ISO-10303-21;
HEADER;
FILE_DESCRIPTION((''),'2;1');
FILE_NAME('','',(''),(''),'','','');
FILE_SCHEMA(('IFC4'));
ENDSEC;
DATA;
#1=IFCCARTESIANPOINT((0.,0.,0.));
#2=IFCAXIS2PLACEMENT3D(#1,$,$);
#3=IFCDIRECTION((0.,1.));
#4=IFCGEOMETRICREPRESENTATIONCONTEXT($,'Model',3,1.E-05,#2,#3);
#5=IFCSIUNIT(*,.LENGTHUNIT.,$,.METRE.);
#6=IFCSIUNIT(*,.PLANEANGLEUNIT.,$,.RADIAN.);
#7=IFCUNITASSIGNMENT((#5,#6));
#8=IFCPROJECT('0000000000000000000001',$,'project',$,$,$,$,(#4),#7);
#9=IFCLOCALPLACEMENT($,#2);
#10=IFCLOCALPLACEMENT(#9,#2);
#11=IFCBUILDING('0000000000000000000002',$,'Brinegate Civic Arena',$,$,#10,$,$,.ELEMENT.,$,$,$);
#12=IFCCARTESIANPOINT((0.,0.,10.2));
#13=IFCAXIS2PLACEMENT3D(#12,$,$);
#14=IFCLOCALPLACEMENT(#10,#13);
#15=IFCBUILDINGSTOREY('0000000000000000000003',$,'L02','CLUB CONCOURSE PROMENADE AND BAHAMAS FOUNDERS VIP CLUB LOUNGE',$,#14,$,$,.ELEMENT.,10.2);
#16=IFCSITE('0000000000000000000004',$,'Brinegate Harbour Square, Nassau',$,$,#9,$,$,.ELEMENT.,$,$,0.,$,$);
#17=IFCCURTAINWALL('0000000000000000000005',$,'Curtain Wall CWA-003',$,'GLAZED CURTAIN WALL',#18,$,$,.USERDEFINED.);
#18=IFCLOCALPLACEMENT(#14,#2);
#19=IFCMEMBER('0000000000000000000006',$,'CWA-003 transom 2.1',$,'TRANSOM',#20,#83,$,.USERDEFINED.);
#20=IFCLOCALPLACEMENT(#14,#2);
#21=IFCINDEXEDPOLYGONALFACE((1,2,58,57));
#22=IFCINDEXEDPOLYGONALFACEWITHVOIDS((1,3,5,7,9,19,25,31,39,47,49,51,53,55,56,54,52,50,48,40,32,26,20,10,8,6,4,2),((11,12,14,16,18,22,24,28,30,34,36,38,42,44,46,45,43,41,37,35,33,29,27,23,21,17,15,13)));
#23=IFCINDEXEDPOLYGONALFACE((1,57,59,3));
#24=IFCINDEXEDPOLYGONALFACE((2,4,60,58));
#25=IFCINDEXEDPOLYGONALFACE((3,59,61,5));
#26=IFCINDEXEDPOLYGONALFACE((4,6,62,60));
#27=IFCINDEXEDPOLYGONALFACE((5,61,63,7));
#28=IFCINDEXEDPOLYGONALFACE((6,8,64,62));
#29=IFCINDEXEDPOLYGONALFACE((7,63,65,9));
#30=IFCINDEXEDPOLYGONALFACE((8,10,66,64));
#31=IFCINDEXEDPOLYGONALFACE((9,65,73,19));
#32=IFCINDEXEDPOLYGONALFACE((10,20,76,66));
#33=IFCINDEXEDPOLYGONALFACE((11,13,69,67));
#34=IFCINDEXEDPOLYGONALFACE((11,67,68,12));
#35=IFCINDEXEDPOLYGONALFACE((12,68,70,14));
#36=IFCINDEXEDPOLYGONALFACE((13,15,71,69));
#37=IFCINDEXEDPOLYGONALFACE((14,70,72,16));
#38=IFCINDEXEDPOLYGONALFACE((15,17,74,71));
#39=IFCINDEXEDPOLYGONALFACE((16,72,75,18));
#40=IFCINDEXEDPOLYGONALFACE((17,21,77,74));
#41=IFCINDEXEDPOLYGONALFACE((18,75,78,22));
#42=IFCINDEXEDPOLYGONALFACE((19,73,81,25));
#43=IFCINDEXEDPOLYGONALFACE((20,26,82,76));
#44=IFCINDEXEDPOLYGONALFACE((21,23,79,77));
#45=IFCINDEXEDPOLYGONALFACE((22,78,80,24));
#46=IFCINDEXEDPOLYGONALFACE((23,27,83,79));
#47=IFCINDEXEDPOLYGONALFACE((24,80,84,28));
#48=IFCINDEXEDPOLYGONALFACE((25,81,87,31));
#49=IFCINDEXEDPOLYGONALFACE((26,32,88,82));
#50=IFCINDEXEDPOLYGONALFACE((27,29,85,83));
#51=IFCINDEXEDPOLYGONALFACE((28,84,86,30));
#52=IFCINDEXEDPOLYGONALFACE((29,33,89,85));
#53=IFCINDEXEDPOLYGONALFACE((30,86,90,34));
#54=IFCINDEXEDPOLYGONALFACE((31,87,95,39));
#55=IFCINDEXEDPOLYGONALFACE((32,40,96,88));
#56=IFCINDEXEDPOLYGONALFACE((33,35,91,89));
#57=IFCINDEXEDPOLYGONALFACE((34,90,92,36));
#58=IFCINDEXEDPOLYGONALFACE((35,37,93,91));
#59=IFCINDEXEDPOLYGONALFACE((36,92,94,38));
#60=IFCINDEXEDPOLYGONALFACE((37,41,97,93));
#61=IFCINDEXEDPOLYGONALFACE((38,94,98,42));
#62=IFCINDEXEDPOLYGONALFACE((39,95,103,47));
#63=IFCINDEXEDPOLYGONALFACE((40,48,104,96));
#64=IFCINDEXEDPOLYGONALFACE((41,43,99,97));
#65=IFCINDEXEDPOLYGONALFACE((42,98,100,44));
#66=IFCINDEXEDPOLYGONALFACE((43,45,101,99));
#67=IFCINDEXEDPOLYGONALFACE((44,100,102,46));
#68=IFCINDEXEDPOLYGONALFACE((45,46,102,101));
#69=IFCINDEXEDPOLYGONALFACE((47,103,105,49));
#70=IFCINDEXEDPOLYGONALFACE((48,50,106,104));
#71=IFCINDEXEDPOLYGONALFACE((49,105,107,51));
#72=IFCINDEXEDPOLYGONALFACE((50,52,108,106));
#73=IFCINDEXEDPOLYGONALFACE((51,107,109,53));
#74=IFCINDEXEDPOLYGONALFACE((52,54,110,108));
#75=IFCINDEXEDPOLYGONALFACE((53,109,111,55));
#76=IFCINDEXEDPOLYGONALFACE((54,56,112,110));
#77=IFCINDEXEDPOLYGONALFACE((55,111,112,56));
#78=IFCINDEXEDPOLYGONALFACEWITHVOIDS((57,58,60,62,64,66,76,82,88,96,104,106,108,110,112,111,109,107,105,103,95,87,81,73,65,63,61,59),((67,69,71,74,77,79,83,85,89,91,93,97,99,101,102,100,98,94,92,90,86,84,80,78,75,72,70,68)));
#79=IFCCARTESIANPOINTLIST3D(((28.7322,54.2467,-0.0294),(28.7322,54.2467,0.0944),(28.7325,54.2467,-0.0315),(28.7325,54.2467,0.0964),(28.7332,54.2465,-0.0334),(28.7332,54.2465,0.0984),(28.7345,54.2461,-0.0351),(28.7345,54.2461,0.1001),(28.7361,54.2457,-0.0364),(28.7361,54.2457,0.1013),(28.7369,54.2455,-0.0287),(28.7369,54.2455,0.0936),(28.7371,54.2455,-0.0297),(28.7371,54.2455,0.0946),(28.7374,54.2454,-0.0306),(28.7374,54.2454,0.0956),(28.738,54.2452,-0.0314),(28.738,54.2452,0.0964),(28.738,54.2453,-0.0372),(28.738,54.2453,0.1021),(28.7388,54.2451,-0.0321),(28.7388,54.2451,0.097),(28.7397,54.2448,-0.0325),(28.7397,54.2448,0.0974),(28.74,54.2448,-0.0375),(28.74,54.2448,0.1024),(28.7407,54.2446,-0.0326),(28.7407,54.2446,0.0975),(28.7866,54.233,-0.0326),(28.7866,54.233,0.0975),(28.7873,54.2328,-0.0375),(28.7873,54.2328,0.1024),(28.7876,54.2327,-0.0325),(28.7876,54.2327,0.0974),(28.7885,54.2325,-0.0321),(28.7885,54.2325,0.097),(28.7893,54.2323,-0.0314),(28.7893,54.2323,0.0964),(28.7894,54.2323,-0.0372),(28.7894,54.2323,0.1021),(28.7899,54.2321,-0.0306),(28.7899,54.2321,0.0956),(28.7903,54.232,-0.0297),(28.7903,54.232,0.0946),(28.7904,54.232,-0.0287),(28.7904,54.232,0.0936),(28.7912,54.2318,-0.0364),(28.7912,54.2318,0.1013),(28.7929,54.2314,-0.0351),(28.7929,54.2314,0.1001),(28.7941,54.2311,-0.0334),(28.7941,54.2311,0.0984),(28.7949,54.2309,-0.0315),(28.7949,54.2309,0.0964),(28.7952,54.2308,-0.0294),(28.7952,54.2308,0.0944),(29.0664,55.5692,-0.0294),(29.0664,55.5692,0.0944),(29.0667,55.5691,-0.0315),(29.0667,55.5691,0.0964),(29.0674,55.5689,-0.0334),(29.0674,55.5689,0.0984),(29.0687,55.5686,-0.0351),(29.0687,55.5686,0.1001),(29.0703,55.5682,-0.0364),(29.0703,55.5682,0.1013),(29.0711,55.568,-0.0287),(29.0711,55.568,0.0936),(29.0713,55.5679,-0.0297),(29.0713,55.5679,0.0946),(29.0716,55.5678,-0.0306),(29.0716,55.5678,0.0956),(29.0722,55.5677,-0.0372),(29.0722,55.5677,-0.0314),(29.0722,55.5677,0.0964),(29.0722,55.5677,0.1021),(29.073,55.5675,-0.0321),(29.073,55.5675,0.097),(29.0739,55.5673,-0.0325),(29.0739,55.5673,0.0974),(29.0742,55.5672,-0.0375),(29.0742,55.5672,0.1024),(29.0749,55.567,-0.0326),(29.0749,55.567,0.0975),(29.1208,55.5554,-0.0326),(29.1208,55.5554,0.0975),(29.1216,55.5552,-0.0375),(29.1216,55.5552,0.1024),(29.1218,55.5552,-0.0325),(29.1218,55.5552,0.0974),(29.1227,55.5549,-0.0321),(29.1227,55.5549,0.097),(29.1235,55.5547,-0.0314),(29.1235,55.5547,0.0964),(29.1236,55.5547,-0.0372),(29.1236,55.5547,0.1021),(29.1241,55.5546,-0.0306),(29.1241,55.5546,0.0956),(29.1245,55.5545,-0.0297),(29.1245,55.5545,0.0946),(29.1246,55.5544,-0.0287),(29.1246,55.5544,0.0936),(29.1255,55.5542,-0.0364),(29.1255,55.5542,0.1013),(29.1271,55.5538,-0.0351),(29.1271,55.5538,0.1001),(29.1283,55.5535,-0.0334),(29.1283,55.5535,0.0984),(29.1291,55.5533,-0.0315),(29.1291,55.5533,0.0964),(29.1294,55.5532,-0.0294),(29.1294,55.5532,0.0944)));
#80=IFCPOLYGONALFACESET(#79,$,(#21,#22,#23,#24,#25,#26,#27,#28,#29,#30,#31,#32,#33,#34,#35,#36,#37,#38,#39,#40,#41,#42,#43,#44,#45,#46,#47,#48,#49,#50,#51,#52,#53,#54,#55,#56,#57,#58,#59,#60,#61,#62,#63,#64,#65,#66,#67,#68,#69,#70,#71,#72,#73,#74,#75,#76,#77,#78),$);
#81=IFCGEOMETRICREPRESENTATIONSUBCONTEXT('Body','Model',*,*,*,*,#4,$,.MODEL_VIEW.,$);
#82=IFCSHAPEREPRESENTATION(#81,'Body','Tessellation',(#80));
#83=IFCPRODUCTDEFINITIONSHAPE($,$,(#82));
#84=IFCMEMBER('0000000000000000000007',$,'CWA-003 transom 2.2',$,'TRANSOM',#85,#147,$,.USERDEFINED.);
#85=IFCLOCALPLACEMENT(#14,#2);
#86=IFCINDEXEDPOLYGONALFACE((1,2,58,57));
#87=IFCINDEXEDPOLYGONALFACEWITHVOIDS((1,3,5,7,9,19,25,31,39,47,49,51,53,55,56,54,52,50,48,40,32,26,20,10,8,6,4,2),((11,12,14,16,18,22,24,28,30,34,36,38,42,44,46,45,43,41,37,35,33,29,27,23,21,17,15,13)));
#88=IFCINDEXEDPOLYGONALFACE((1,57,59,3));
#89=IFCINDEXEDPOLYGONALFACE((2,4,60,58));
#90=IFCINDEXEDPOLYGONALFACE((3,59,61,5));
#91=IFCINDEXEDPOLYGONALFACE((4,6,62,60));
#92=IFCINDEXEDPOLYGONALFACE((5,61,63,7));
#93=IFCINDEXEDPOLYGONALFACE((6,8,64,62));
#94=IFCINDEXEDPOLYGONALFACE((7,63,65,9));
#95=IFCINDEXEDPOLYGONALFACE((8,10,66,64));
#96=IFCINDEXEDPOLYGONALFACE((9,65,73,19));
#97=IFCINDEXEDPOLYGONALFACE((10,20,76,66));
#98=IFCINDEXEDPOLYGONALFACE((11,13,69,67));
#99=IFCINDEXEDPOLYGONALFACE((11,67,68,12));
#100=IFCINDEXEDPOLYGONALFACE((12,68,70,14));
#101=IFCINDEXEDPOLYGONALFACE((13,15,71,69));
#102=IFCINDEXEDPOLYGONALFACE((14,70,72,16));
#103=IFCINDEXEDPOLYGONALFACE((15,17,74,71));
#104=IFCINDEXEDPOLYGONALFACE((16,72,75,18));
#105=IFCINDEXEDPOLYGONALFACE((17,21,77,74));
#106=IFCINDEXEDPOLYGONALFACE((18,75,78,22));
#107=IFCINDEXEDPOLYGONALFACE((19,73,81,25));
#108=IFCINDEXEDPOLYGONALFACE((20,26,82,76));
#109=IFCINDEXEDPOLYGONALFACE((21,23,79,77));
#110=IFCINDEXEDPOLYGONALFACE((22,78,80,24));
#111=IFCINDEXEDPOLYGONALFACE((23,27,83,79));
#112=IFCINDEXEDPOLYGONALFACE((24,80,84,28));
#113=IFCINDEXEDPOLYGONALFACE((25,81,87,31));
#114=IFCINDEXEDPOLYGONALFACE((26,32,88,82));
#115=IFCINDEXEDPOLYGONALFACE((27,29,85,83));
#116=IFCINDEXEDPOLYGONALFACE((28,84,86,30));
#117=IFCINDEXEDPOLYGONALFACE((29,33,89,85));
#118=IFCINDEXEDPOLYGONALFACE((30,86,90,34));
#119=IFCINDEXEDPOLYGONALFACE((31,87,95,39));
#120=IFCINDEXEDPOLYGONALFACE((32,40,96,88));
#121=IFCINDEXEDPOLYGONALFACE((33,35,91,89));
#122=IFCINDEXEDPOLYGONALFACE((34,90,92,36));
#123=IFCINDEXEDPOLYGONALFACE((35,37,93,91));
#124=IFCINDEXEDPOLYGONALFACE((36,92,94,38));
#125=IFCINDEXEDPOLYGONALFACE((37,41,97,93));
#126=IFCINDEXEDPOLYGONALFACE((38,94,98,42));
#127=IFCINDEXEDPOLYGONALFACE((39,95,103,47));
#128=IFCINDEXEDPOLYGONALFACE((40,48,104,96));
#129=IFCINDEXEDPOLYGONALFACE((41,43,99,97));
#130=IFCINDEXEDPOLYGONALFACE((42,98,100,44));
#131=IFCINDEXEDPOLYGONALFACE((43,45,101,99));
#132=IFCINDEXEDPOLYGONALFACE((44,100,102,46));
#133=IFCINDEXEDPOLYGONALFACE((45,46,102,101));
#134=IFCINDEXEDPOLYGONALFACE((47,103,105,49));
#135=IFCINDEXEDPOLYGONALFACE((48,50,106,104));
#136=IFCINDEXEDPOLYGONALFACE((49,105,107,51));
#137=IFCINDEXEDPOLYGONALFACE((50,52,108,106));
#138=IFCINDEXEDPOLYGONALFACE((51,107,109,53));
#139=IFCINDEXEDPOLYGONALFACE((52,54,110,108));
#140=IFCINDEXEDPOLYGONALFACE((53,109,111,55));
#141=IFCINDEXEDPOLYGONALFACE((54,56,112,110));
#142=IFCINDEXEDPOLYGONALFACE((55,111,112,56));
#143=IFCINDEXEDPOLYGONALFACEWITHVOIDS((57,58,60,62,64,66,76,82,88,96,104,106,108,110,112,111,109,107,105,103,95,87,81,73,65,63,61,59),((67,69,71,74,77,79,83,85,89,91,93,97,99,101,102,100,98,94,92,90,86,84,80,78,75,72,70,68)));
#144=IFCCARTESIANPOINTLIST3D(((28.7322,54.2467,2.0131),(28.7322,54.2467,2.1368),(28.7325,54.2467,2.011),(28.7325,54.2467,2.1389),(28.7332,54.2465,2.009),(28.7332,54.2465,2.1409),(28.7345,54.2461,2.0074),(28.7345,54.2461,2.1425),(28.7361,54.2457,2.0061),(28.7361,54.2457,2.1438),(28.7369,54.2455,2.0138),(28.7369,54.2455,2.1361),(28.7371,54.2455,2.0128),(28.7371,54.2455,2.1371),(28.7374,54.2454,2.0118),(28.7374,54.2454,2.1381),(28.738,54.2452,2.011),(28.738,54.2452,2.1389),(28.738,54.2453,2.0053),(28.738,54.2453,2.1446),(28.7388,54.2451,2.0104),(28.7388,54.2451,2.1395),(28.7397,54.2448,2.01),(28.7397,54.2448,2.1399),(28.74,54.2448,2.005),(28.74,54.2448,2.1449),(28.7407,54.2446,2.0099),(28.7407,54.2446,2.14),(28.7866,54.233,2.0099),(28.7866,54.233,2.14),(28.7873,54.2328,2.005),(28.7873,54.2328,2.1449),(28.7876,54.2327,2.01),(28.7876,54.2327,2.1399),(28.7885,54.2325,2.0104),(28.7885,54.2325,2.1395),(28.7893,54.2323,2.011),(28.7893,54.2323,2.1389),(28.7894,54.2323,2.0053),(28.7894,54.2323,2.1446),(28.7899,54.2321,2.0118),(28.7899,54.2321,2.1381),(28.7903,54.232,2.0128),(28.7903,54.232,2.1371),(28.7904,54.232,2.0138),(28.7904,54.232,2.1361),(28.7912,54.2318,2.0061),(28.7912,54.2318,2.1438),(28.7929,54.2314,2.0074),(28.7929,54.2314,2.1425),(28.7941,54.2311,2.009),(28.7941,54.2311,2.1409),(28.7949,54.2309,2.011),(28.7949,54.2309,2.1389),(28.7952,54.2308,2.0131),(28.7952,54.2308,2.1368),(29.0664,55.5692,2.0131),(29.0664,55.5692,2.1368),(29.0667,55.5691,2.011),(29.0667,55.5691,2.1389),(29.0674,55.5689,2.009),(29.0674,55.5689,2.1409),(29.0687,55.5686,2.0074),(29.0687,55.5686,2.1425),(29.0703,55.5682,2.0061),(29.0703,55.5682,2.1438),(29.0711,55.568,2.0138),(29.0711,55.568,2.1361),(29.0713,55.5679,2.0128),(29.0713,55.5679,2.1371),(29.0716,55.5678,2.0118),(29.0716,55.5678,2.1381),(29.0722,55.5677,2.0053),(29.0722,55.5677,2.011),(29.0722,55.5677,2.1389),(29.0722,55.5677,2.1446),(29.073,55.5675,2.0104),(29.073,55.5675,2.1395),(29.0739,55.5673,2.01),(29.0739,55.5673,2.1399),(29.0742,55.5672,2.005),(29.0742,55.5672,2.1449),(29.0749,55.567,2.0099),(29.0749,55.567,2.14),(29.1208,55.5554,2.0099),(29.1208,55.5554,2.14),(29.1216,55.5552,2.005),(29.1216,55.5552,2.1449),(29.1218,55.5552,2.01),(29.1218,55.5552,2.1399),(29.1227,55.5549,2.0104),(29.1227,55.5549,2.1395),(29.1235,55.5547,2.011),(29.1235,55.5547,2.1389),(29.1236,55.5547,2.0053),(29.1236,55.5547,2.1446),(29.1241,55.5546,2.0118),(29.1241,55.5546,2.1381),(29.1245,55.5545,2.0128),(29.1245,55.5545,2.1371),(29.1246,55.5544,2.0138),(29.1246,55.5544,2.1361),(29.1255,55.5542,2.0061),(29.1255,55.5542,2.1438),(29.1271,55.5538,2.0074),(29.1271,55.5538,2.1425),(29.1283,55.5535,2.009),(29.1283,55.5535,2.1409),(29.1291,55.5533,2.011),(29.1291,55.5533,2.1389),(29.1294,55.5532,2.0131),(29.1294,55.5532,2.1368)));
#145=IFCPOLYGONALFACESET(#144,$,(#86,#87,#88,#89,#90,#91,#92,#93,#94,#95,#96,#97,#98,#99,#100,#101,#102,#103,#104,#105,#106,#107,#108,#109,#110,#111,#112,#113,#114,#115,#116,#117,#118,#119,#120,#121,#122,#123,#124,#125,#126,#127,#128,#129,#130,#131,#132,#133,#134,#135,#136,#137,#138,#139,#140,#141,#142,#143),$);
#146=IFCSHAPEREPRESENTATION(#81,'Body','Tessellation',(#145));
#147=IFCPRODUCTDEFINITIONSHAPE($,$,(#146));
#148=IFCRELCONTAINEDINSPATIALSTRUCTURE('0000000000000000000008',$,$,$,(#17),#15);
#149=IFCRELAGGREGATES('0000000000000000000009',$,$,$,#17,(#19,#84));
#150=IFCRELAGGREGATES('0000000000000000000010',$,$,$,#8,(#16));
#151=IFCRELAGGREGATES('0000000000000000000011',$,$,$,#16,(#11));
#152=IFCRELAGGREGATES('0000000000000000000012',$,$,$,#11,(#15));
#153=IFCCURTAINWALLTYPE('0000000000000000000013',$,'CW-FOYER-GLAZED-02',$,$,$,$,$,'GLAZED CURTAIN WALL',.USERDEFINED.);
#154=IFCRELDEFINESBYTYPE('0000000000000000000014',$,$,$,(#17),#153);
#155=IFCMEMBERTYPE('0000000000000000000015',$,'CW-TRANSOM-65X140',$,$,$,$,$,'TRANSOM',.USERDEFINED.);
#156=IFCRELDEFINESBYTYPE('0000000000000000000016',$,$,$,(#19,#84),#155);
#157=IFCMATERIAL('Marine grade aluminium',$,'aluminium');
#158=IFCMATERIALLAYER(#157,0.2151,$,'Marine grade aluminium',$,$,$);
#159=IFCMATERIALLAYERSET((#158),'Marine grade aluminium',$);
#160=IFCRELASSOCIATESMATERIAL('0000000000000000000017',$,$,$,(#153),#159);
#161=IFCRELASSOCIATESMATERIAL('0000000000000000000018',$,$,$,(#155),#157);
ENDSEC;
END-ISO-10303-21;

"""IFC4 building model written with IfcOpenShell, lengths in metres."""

from ifc_helpers import new_model, si_unit, direction, frame, origin, origin_2d, place, context, subcontext, project, spatial, hollow_rectangle, extrude, material, layer, layer_set, material_profile, profile_set, type_object, element, aggregate, save


model = new_model("IFC4")

# Units and contexts
model_context = context("Model", 3, precision=1e-05, world=origin(), true_north=direction((0.0, 1.0)))
body_context = subcontext(model_context, "Body", "Model", "MODEL_VIEW")
ifc_project = project(units=[si_unit("LENGTHUNIT", "METRE"), si_unit("PLANEANGLEUNIT", "RADIAN")], contexts=[model_context])

# Site, building, storey
site_placement = place(None, origin())
site = spatial("IfcSite", under=ifc_project, at=site_placement, Name="Brinegate Harbour Square, Nassau", CompositionType="ELEMENT", RefElevation=0.0)
building_placement = place(site_placement, origin())
building = spatial("IfcBuilding", under=site, at=building_placement, Name="Brinegate Civic Arena", CompositionType="ELEMENT")
storey_placement = place(building_placement, frame((0.0, 0.0, 10.2)))
storey = spatial("IfcBuildingStorey", under=building, at=storey_placement, Name="L02", Description="CLUB CONCOURSE PROMENADE AND BAHAMAS FOUNDERS VIP CLUB LOUNGE", CompositionType="ELEMENT", Elevation=10.2)

# Curtain wall, members
ifc_material_1 = material(Name="Marine grade aluminium", Category="aluminium")
ifc_layer_1 = layer(ifc_material_1, 0.2151, Name="Marine grade aluminium")
ifc_layer_set_1 = layer_set([ifc_layer_1], Name="Marine grade aluminium")
curtain_wall_type = type_object("IfcCurtainWallType", Name="CW-FOYER-GLAZED-02", ElementType="GLAZED CURTAIN WALL", PredefinedType="USERDEFINED", material=ifc_layer_set_1)
curtain_wall_placement = place(storey_placement, origin())
curtain_wall = element("IfcCurtainWall", 1, at=curtain_wall_placement, inside=storey, type_object=curtain_wall_type, Name="Curtain Wall CWA-003", ObjectType="GLAZED CURTAIN WALL", PredefinedType="USERDEFINED")
ifc_material_profile_1 = material_profile(ifc_material_1, hollow_rectangle(XDim=0.0649, YDim=0.1399, WallThickness=0.0049, InnerFilletRadius=0.0039, OuterFilletRadius=0.0081, at=origin_2d()), Name="TRN65X140")
ifc_profile_set_1 = profile_set([ifc_material_profile_1], Name="Marine grade aluminium")
member_type_1 = type_object("IfcMemberType", Name="CW-TRANSOM-65X140", ElementType="TRANSOM", PredefinedType="USERDEFINED", material=ifc_profile_set_1)
member_1_placement = place(storey_placement, frame((28.7637, 54.2388, 0.0325), z_axis=(0.245019, 0.969518, 0.0), x_axis=(-0.969518, 0.245019, 0.0)))
member_1 = element("IfcMember", 2, at=member_1_placement, type_object=member_type_1, Name="CWA-003 transom 2.1", ObjectType="TRANSOM", PredefinedType="USERDEFINED", context=body_context, shape_type="SweptSolid", body=[
    extrude(hollow_rectangle(XDim=0.0649, YDim=0.1399, WallThickness=0.0049, InnerFilletRadius=0.0039, OuterFilletRadius=0.0081, at=origin_2d()), origin(), (0.0, 0.0, 1.0), 1.364),
])
member_2_placement = place(storey_placement, frame((28.7637, 54.2388, 2.075), z_axis=(0.245019, 0.969518, 0.0), x_axis=(-0.969518, 0.245019, 0.0)))
member_2 = element("IfcMember", 3, at=member_2_placement, type_object=member_type_1, Name="CWA-003 transom 2.2", ObjectType="TRANSOM", PredefinedType="USERDEFINED", context=body_context, shape_type="SweptSolid", body=[
    extrude(hollow_rectangle(XDim=0.0649, YDim=0.1399, WallThickness=0.0049, InnerFilletRadius=0.0039, OuterFilletRadius=0.0081, at=origin_2d()), origin(), (0.0, 0.0, 1.0), 1.364),
])
aggregate(curtain_wall, [member_1, member_2])

save(model, "model.ifc")
